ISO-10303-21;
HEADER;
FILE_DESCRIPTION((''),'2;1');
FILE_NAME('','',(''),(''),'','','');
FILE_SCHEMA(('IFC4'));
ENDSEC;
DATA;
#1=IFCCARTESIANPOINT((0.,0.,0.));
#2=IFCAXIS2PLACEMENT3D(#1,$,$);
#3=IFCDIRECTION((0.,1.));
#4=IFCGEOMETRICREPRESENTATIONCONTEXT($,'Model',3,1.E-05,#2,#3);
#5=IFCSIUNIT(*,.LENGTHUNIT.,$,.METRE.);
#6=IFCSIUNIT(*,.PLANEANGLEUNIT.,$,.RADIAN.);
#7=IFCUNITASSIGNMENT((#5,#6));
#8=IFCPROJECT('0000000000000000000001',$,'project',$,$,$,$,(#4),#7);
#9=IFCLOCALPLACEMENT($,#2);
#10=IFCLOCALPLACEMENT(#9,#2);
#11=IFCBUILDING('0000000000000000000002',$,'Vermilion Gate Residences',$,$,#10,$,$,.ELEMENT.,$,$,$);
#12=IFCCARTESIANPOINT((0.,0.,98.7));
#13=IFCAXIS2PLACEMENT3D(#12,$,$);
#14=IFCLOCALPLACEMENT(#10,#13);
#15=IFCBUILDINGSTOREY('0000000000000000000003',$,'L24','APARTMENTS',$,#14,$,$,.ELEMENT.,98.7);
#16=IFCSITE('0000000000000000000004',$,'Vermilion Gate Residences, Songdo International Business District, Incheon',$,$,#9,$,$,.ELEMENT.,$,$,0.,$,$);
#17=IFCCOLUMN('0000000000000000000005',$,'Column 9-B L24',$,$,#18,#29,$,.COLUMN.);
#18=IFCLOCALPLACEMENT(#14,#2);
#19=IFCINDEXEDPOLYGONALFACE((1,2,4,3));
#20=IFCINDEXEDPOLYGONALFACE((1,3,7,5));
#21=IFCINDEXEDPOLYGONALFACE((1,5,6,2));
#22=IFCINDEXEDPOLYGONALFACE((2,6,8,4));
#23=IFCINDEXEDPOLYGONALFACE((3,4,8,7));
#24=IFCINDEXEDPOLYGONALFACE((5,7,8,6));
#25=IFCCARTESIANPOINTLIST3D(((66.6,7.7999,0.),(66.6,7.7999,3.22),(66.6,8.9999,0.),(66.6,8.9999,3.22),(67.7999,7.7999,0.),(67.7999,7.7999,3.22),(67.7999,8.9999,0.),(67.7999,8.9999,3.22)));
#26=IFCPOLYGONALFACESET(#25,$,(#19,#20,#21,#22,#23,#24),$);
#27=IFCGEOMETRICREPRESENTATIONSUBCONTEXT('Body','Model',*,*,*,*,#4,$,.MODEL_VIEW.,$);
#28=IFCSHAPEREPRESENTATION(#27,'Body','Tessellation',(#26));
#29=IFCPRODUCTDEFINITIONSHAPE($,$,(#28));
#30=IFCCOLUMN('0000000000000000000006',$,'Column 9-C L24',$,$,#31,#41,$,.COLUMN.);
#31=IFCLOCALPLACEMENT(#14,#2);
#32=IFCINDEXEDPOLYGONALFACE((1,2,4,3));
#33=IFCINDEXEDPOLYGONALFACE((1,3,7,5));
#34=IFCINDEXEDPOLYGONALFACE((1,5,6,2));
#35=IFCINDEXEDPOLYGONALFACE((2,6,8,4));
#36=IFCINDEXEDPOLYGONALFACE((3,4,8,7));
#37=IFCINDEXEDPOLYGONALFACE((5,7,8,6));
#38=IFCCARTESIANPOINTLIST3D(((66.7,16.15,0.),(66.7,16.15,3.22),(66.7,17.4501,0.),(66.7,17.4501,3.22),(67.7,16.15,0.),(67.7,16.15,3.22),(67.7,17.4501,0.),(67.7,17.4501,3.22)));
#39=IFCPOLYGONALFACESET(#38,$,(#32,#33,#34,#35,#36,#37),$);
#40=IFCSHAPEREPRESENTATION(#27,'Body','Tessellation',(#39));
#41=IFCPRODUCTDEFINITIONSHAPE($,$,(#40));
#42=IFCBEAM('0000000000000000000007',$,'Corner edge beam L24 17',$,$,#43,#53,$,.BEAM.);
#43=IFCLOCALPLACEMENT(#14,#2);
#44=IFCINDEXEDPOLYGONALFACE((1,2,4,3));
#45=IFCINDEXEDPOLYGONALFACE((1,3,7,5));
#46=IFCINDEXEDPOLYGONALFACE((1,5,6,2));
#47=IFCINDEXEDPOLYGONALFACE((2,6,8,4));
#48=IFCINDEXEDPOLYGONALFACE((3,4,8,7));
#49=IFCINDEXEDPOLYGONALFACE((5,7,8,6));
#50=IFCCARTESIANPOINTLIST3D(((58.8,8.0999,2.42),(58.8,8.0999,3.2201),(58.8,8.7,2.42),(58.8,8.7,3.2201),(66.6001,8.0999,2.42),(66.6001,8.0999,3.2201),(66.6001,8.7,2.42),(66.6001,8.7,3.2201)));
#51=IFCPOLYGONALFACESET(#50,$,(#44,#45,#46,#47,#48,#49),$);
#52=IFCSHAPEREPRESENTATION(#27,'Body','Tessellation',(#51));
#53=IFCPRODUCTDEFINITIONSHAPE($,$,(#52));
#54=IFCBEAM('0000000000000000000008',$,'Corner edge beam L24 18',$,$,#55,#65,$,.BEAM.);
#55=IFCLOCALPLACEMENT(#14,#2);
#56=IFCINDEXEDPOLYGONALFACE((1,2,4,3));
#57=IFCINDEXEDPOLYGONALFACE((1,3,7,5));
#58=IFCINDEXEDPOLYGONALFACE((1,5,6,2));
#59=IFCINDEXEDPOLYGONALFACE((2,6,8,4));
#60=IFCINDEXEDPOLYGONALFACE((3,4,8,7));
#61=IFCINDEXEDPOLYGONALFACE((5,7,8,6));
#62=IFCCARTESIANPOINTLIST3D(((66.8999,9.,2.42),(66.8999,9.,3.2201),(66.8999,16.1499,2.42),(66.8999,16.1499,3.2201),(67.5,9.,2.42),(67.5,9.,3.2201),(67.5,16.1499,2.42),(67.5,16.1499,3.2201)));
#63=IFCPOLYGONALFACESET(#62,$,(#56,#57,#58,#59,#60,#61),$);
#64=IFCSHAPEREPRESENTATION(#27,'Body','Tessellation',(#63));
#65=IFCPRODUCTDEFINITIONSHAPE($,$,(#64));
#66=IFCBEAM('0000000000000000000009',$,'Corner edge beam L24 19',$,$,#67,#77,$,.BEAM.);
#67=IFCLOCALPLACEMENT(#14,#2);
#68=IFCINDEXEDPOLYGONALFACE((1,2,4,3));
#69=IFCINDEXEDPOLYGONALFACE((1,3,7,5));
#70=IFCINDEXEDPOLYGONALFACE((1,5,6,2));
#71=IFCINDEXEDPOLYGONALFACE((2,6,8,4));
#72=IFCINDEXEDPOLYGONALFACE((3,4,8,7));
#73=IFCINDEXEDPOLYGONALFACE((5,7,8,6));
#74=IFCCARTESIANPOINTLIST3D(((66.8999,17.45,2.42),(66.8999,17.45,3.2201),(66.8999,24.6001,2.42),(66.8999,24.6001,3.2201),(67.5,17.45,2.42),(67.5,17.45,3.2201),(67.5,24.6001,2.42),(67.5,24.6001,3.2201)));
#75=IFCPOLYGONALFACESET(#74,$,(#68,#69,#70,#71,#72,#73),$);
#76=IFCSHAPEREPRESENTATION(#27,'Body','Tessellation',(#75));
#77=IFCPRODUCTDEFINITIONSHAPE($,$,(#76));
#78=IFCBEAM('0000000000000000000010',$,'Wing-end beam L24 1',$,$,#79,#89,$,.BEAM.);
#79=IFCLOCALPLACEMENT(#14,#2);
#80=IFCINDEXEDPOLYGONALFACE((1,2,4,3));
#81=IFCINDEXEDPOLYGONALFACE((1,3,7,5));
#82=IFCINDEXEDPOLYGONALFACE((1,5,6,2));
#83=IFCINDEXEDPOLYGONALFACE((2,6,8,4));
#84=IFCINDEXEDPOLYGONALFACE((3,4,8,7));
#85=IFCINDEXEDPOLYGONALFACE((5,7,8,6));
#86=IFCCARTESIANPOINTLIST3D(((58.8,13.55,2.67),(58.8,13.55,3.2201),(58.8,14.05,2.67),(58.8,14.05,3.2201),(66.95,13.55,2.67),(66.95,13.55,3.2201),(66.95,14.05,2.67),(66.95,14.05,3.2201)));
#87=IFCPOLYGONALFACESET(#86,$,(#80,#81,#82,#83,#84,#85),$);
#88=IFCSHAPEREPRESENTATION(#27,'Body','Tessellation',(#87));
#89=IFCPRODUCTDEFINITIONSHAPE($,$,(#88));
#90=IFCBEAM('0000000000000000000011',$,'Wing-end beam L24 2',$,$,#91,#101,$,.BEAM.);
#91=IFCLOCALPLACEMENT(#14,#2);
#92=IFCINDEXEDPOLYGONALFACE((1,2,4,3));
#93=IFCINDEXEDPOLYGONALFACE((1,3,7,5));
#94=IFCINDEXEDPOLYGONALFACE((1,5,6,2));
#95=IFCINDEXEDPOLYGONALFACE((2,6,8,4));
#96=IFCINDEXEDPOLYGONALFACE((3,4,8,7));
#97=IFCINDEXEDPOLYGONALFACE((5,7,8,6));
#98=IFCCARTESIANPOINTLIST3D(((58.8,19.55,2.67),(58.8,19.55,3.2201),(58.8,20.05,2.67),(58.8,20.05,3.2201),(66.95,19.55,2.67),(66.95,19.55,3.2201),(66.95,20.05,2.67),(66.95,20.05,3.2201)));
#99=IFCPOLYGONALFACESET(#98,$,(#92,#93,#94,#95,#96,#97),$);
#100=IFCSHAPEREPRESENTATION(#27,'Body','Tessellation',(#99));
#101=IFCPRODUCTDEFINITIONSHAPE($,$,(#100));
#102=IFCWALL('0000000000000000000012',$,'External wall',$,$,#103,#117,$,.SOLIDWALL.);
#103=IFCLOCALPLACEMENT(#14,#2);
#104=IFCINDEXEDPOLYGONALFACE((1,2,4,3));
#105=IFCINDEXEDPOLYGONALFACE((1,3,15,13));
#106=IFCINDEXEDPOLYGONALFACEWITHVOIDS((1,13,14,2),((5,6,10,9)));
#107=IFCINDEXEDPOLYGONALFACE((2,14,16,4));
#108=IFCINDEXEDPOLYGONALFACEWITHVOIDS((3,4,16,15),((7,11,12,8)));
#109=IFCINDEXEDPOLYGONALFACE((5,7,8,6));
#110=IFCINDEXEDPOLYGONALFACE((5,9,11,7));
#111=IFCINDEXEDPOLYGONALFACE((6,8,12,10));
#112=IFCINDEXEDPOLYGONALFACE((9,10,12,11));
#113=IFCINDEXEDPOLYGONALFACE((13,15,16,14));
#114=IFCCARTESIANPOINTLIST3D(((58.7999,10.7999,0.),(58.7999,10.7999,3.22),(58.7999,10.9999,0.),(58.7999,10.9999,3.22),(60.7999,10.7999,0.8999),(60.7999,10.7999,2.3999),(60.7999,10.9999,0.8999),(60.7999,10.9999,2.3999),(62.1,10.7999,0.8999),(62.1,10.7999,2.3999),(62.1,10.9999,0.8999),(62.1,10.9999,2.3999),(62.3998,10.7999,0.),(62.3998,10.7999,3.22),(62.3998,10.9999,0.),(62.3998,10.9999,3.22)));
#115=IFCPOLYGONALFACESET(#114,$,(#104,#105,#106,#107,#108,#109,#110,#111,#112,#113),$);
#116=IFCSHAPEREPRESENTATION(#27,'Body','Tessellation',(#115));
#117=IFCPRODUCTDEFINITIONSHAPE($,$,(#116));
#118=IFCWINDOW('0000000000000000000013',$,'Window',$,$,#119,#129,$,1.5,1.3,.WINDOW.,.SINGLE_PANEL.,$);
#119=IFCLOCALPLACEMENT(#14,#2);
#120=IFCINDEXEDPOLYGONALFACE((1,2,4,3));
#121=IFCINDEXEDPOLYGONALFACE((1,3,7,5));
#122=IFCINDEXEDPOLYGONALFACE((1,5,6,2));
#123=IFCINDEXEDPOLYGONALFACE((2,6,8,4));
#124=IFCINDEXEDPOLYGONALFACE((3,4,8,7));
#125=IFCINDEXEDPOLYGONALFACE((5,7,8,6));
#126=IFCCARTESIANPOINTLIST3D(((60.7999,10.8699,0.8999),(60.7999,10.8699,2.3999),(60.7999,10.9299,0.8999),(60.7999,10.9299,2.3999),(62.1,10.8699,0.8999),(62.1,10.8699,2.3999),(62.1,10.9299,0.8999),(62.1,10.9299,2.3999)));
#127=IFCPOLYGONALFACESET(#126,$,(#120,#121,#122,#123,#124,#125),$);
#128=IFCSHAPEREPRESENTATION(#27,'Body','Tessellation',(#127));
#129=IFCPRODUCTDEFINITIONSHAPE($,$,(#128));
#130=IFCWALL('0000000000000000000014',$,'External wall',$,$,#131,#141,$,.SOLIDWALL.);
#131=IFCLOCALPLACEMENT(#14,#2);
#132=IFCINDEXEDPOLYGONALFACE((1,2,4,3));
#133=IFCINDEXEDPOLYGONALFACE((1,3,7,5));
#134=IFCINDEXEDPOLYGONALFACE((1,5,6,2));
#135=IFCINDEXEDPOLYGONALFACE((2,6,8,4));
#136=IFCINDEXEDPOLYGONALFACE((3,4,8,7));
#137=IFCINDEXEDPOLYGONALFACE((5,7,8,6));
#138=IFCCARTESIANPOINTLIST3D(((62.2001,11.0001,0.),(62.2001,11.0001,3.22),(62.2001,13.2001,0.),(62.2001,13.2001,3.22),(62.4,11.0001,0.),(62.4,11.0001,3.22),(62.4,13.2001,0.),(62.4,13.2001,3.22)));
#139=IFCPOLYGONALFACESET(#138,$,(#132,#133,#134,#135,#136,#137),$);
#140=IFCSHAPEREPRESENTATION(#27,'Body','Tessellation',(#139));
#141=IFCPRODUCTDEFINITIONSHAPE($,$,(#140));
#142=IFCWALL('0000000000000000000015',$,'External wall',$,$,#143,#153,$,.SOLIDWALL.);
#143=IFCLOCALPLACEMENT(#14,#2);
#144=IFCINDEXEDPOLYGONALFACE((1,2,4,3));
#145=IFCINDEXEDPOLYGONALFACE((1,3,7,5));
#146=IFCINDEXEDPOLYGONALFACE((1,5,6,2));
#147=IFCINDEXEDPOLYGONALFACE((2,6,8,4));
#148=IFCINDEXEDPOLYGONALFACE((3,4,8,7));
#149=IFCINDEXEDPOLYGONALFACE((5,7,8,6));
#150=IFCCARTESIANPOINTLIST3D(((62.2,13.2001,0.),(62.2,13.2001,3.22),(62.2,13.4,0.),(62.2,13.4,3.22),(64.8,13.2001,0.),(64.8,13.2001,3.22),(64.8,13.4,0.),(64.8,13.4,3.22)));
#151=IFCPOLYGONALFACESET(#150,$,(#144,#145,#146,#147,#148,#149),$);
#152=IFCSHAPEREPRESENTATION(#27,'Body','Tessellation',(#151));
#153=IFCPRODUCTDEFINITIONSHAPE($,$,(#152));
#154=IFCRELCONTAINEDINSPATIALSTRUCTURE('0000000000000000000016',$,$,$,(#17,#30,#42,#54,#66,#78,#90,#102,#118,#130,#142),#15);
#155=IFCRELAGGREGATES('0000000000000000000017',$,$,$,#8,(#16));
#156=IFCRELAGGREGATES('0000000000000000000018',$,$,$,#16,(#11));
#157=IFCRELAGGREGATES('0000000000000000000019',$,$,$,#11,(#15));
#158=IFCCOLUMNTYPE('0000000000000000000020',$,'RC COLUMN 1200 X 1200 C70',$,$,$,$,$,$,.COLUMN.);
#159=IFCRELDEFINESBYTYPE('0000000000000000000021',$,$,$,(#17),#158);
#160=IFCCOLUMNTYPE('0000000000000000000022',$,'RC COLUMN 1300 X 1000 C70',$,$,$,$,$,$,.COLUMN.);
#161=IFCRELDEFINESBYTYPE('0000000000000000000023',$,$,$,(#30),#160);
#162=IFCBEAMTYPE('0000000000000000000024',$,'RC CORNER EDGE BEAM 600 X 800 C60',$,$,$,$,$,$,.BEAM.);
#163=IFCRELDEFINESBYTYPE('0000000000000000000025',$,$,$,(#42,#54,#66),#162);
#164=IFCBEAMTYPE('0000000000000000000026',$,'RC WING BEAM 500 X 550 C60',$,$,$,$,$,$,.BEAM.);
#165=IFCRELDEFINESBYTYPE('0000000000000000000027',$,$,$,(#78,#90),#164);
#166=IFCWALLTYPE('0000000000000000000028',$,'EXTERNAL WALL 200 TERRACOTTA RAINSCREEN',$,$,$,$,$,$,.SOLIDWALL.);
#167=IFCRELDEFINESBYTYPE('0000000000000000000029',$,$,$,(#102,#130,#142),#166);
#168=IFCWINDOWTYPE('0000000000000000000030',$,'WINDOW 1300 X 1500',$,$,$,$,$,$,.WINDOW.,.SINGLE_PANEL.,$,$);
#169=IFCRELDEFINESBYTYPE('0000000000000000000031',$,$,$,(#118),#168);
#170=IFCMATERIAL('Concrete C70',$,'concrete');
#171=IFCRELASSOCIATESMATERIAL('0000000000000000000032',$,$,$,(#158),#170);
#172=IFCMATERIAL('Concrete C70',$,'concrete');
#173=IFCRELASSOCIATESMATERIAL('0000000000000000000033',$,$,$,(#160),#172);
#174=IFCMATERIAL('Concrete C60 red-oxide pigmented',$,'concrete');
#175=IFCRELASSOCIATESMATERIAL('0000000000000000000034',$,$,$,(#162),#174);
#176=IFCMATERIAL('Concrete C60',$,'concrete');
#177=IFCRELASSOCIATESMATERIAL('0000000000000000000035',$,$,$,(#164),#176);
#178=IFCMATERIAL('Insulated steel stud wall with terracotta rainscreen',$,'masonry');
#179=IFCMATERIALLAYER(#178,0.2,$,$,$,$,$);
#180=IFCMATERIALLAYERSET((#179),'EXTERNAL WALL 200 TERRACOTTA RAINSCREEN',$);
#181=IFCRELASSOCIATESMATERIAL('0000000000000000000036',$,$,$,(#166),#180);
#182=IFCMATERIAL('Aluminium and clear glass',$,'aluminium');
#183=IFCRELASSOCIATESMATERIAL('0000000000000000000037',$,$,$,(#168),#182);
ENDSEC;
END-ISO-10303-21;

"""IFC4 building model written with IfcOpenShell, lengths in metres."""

from ifc_helpers import new_model, si_unit, direction, frame, frame_2d, origin, origin_2d, place, context, subcontext, project, spatial, rectangle, extrude, material, layer, layer_set, material_profile, profile_set, type_object, element, fill, save


model = new_model("IFC4")

# Units and contexts
model_context = context("Model", 3, precision=1e-05, world=origin(), true_north=direction((0.0, 1.0)))
body_context = subcontext(model_context, "Body", "Model", "MODEL_VIEW")
ifc_project = project(units=[si_unit("LENGTHUNIT", "METRE"), si_unit("PLANEANGLEUNIT", "RADIAN")], contexts=[model_context])

# Site, building, storey
site_placement = place(None, origin())
site = spatial("IfcSite", under=ifc_project, at=site_placement, Name="Vermilion Gate Residences, Songdo International Business District, Incheon", CompositionType="ELEMENT", RefElevation=0.0)
building_placement = place(site_placement, origin())
building = spatial("IfcBuilding", under=site, at=building_placement, Name="Vermilion Gate Residences", CompositionType="ELEMENT")
storey_placement = place(building_placement, frame((0.0, 0.0, 98.7)))
storey = spatial("IfcBuildingStorey", under=building, at=storey_placement, Name="L24", Description="APARTMENTS", CompositionType="ELEMENT", Elevation=98.7)

# Columns
ifc_material_1 = material(Name="Concrete C70", Category="concrete")
ifc_material_profile_1 = material_profile(ifc_material_1, rectangle(XDim=1.2, YDim=1.2, at=origin_2d()), Name="RC-1200x1200")
ifc_profile_set_1 = profile_set([ifc_material_profile_1], Name="Concrete C70")
column_type_1 = type_object("IfcColumnType", Name="RC COLUMN 1200 X 1200 C70", PredefinedType="COLUMN", material=ifc_profile_set_1)
column_1_placement = place(storey_placement, frame((67.2, 8.3999, 0.0), z_axis=(0.0, 0.0, 1.0), x_axis=(1.0, 0.0, 0.0)))
element("IfcColumn", 1, at=column_1_placement, inside=storey, type_object=column_type_1, Name="Column 9-B L24", PredefinedType="COLUMN", context=body_context, shape_type="SweptSolid", body=[
    extrude(rectangle(XDim=1.2, YDim=1.2, at=origin_2d()), origin(), (0.0, 0.0, 1.0), 3.22),
])
ifc_material_2 = material(Name="Concrete C70", Category="concrete")
ifc_material_profile_2 = material_profile(ifc_material_2, rectangle(XDim=1.3, YDim=1.0, at=origin_2d()), Name="RC-1300x1000")
ifc_profile_set_2 = profile_set([ifc_material_profile_2], Name="Concrete C70")
column_type_2 = type_object("IfcColumnType", Name="RC COLUMN 1300 X 1000 C70", PredefinedType="COLUMN", material=ifc_profile_set_2)
column_2_placement = place(storey_placement, frame((67.2, 16.8, 0.0), z_axis=(0.0, 0.0, 1.0), x_axis=(0.0, 1.0, 0.0)))
element("IfcColumn", 2, at=column_2_placement, inside=storey, type_object=column_type_2, Name="Column 9-C L24", PredefinedType="COLUMN", context=body_context, shape_type="SweptSolid", body=[
    extrude(rectangle(XDim=1.3, YDim=1.0, at=origin_2d()), origin(), (0.0, 0.0, 1.0), 3.22),
])

# Beams
ifc_material_3 = material(Name="Concrete C60 red-oxide pigmented", Category="concrete")
ifc_material_profile_3 = material_profile(ifc_material_3, rectangle(XDim=0.6001, YDim=0.8, at=origin_2d()), Name="RC-600x800")
ifc_profile_set_3 = profile_set([ifc_material_profile_3], Name="Concrete C60 red-oxide pigmented")
beam_type_1 = type_object("IfcBeamType", Name="RC CORNER EDGE BEAM 600 X 800 C60", PredefinedType="BEAM", material=ifc_profile_set_3)
beam_1_placement = place(storey_placement, frame((58.8, 8.3999, 2.8201), z_axis=(1.0, 0.0, 0.0), x_axis=(0.0, 1.0, 0.0)))
element("IfcBeam", 3, at=beam_1_placement, inside=storey, type_object=beam_type_1, Name="Corner edge beam L24 17", PredefinedType="BEAM", context=body_context, shape_type="SweptSolid", body=[
    extrude(rectangle(XDim=0.6001, YDim=0.8, at=origin_2d()), origin(), (0.0, 0.0, 1.0), 7.8),
])
beam_2_placement = place(storey_placement, frame((67.2, 9.0, 2.8201), z_axis=(0.0, 1.0, 0.0), x_axis=(-1.0, 0.0, 0.0)))
element("IfcBeam", 4, at=beam_2_placement, inside=storey, type_object=beam_type_1, Name="Corner edge beam L24 18", PredefinedType="BEAM", context=body_context, shape_type="SweptSolid", body=[
    extrude(rectangle(XDim=0.6001, YDim=0.8, at=origin_2d()), origin(), (0.0, 0.0, 1.0), 7.1499),
])
beam_3_placement = place(storey_placement, frame((67.2, 17.45, 2.8201), z_axis=(0.0, 1.0, 0.0), x_axis=(-1.0, 0.0, 0.0)))
element("IfcBeam", 5, at=beam_3_placement, inside=storey, type_object=beam_type_1, Name="Corner edge beam L24 19", PredefinedType="BEAM", context=body_context, shape_type="SweptSolid", body=[
    extrude(rectangle(XDim=0.6001, YDim=0.8, at=origin_2d()), origin(), (0.0, 0.0, 1.0), 7.1501),
])
ifc_material_4 = material(Name="Concrete C60", Category="concrete")
ifc_material_profile_4 = material_profile(ifc_material_4, rectangle(XDim=0.5, YDim=0.55, at=origin_2d()), Name="RC-500x550")
ifc_profile_set_4 = profile_set([ifc_material_profile_4], Name="Concrete C60")
beam_type_2 = type_object("IfcBeamType", Name="RC WING BEAM 500 X 550 C60", PredefinedType="BEAM", material=ifc_profile_set_4)
for number, where, z_axis, x_axis, name in (
    (6, (58.8, 13.8, 2.9451), (1.0, 0.0, 0.0), (0.0, 1.0, 0.0), "Wing-end beam L24 1"),
    (7, (58.8, 19.8, 2.9451), (1.0, 0.0, 0.0), (0.0, 1.0, 0.0), "Wing-end beam L24 2"),
):
    element("IfcBeam", number, at=place(storey_placement, frame(where, z_axis=z_axis, x_axis=x_axis)), inside=storey, type_object=beam_type_2, Name=name, PredefinedType="BEAM", context=body_context, shape_type="SweptSolid", body=[
        extrude(rectangle(XDim=0.5, YDim=0.55, at=origin_2d()), origin(), (0.0, 0.0, 1.0), 8.1499),
    ])

# Wall, opening, window
ifc_material_5 = material(Name="Insulated steel stud wall with terracotta rainscreen", Category="masonry")
ifc_layer_1 = layer(ifc_material_5, 0.2)
ifc_layer_set_1 = layer_set([ifc_layer_1], Name="EXTERNAL WALL 200 TERRACOTTA RAINSCREEN")
wall_type_1 = type_object("IfcWallType", Name="EXTERNAL WALL 200 TERRACOTTA RAINSCREEN", PredefinedType="SOLIDWALL", material=ifc_layer_set_1)
wall_1_placement = place(storey_placement, frame((58.8, 10.8999, 0.0), z_axis=(0.0, 0.0, 1.0), x_axis=(1.0, 0.0, 0.0)))
wall_1 = element("IfcWall", 8, at=wall_1_placement, inside=storey, type_object=wall_type_1, Name="External wall", PredefinedType="SOLIDWALL", context=body_context, shape_type="SweptSolid", body=[
    extrude(rectangle(XDim=3.5999, YDim=0.2, at=frame_2d((1.7998, 0.0))), origin(), (0.0, 0.0, 1.0), 3.22),
])
opening_1_placement = place(wall_1_placement, frame((2.0, 0.0, 0.8999)))
opening_1 = element("IfcOpeningElement", 9, at=opening_1_placement, cuts=wall_1, PredefinedType="OPENING", context=body_context, shape_type="SweptSolid", body=[
    extrude(rectangle(XDim=1.3, YDim=1.5, at=frame_2d((0.6499, 0.75))), frame((0.0, 0.1099, 0.0), z_axis=(0.0, -1.0, 0.0), x_axis=(1.0, 0.0, 0.0)), (0.0, 0.0, 1.0), 0.22),
])
ifc_material_6 = material(Name="Aluminium and clear glass", Category="aluminium")
window_type_1 = type_object("IfcWindowType", Name="WINDOW 1300 X 1500", PartitioningType="SINGLE_PANEL", PredefinedType="WINDOW", material=ifc_material_6)
window_1_placement = place(opening_1_placement, origin())
window_1 = element("IfcWindow", 10, at=window_1_placement, inside=storey, type_object=window_type_1, Name="Window", OverallHeight=1.5, OverallWidth=1.3, PartitioningType="SINGLE_PANEL", PredefinedType="WINDOW", context=body_context, shape_type="SweptSolid", body=[
    extrude(rectangle(XDim=1.3, YDim=1.5, at=frame_2d((0.6499, 0.75))), frame((0.0, 0.03, 0.0), z_axis=(0.0, -1.0, 0.0), x_axis=(1.0, 0.0, 0.0)), (0.0, 0.0, 1.0), 0.0601),
])
fill(opening_1, window_1)

# Walls
wall_2_placement = place(storey_placement, frame((62.3, 11.0, 0.0), z_axis=(0.0, 0.0, 1.0), x_axis=(0.0, 1.0, 0.0)))
element("IfcWall", 11, at=wall_2_placement, inside=storey, type_object=wall_type_1, Name="External wall", PredefinedType="SOLIDWALL", context=body_context, shape_type="SweptSolid", body=[
    extrude(rectangle(XDim=2.2, YDim=0.2, at=frame_2d((1.1001, 0.0))), origin(), (0.0, 0.0, 1.0), 3.22),
])
wall_3_placement = place(storey_placement, frame((62.2, 13.3, 0.0), z_axis=(0.0, 0.0, 1.0), x_axis=(1.0, 0.0, 0.0)))
element("IfcWall", 12, at=wall_3_placement, inside=storey, type_object=wall_type_1, Name="External wall", PredefinedType="SOLIDWALL", context=body_context, shape_type="SweptSolid", body=[
    extrude(rectangle(XDim=2.6001, YDim=0.2, at=frame_2d((1.3, 0.0))), origin(), (0.0, 0.0, 1.0), 3.22),
])

save(model, "model.ifc")
